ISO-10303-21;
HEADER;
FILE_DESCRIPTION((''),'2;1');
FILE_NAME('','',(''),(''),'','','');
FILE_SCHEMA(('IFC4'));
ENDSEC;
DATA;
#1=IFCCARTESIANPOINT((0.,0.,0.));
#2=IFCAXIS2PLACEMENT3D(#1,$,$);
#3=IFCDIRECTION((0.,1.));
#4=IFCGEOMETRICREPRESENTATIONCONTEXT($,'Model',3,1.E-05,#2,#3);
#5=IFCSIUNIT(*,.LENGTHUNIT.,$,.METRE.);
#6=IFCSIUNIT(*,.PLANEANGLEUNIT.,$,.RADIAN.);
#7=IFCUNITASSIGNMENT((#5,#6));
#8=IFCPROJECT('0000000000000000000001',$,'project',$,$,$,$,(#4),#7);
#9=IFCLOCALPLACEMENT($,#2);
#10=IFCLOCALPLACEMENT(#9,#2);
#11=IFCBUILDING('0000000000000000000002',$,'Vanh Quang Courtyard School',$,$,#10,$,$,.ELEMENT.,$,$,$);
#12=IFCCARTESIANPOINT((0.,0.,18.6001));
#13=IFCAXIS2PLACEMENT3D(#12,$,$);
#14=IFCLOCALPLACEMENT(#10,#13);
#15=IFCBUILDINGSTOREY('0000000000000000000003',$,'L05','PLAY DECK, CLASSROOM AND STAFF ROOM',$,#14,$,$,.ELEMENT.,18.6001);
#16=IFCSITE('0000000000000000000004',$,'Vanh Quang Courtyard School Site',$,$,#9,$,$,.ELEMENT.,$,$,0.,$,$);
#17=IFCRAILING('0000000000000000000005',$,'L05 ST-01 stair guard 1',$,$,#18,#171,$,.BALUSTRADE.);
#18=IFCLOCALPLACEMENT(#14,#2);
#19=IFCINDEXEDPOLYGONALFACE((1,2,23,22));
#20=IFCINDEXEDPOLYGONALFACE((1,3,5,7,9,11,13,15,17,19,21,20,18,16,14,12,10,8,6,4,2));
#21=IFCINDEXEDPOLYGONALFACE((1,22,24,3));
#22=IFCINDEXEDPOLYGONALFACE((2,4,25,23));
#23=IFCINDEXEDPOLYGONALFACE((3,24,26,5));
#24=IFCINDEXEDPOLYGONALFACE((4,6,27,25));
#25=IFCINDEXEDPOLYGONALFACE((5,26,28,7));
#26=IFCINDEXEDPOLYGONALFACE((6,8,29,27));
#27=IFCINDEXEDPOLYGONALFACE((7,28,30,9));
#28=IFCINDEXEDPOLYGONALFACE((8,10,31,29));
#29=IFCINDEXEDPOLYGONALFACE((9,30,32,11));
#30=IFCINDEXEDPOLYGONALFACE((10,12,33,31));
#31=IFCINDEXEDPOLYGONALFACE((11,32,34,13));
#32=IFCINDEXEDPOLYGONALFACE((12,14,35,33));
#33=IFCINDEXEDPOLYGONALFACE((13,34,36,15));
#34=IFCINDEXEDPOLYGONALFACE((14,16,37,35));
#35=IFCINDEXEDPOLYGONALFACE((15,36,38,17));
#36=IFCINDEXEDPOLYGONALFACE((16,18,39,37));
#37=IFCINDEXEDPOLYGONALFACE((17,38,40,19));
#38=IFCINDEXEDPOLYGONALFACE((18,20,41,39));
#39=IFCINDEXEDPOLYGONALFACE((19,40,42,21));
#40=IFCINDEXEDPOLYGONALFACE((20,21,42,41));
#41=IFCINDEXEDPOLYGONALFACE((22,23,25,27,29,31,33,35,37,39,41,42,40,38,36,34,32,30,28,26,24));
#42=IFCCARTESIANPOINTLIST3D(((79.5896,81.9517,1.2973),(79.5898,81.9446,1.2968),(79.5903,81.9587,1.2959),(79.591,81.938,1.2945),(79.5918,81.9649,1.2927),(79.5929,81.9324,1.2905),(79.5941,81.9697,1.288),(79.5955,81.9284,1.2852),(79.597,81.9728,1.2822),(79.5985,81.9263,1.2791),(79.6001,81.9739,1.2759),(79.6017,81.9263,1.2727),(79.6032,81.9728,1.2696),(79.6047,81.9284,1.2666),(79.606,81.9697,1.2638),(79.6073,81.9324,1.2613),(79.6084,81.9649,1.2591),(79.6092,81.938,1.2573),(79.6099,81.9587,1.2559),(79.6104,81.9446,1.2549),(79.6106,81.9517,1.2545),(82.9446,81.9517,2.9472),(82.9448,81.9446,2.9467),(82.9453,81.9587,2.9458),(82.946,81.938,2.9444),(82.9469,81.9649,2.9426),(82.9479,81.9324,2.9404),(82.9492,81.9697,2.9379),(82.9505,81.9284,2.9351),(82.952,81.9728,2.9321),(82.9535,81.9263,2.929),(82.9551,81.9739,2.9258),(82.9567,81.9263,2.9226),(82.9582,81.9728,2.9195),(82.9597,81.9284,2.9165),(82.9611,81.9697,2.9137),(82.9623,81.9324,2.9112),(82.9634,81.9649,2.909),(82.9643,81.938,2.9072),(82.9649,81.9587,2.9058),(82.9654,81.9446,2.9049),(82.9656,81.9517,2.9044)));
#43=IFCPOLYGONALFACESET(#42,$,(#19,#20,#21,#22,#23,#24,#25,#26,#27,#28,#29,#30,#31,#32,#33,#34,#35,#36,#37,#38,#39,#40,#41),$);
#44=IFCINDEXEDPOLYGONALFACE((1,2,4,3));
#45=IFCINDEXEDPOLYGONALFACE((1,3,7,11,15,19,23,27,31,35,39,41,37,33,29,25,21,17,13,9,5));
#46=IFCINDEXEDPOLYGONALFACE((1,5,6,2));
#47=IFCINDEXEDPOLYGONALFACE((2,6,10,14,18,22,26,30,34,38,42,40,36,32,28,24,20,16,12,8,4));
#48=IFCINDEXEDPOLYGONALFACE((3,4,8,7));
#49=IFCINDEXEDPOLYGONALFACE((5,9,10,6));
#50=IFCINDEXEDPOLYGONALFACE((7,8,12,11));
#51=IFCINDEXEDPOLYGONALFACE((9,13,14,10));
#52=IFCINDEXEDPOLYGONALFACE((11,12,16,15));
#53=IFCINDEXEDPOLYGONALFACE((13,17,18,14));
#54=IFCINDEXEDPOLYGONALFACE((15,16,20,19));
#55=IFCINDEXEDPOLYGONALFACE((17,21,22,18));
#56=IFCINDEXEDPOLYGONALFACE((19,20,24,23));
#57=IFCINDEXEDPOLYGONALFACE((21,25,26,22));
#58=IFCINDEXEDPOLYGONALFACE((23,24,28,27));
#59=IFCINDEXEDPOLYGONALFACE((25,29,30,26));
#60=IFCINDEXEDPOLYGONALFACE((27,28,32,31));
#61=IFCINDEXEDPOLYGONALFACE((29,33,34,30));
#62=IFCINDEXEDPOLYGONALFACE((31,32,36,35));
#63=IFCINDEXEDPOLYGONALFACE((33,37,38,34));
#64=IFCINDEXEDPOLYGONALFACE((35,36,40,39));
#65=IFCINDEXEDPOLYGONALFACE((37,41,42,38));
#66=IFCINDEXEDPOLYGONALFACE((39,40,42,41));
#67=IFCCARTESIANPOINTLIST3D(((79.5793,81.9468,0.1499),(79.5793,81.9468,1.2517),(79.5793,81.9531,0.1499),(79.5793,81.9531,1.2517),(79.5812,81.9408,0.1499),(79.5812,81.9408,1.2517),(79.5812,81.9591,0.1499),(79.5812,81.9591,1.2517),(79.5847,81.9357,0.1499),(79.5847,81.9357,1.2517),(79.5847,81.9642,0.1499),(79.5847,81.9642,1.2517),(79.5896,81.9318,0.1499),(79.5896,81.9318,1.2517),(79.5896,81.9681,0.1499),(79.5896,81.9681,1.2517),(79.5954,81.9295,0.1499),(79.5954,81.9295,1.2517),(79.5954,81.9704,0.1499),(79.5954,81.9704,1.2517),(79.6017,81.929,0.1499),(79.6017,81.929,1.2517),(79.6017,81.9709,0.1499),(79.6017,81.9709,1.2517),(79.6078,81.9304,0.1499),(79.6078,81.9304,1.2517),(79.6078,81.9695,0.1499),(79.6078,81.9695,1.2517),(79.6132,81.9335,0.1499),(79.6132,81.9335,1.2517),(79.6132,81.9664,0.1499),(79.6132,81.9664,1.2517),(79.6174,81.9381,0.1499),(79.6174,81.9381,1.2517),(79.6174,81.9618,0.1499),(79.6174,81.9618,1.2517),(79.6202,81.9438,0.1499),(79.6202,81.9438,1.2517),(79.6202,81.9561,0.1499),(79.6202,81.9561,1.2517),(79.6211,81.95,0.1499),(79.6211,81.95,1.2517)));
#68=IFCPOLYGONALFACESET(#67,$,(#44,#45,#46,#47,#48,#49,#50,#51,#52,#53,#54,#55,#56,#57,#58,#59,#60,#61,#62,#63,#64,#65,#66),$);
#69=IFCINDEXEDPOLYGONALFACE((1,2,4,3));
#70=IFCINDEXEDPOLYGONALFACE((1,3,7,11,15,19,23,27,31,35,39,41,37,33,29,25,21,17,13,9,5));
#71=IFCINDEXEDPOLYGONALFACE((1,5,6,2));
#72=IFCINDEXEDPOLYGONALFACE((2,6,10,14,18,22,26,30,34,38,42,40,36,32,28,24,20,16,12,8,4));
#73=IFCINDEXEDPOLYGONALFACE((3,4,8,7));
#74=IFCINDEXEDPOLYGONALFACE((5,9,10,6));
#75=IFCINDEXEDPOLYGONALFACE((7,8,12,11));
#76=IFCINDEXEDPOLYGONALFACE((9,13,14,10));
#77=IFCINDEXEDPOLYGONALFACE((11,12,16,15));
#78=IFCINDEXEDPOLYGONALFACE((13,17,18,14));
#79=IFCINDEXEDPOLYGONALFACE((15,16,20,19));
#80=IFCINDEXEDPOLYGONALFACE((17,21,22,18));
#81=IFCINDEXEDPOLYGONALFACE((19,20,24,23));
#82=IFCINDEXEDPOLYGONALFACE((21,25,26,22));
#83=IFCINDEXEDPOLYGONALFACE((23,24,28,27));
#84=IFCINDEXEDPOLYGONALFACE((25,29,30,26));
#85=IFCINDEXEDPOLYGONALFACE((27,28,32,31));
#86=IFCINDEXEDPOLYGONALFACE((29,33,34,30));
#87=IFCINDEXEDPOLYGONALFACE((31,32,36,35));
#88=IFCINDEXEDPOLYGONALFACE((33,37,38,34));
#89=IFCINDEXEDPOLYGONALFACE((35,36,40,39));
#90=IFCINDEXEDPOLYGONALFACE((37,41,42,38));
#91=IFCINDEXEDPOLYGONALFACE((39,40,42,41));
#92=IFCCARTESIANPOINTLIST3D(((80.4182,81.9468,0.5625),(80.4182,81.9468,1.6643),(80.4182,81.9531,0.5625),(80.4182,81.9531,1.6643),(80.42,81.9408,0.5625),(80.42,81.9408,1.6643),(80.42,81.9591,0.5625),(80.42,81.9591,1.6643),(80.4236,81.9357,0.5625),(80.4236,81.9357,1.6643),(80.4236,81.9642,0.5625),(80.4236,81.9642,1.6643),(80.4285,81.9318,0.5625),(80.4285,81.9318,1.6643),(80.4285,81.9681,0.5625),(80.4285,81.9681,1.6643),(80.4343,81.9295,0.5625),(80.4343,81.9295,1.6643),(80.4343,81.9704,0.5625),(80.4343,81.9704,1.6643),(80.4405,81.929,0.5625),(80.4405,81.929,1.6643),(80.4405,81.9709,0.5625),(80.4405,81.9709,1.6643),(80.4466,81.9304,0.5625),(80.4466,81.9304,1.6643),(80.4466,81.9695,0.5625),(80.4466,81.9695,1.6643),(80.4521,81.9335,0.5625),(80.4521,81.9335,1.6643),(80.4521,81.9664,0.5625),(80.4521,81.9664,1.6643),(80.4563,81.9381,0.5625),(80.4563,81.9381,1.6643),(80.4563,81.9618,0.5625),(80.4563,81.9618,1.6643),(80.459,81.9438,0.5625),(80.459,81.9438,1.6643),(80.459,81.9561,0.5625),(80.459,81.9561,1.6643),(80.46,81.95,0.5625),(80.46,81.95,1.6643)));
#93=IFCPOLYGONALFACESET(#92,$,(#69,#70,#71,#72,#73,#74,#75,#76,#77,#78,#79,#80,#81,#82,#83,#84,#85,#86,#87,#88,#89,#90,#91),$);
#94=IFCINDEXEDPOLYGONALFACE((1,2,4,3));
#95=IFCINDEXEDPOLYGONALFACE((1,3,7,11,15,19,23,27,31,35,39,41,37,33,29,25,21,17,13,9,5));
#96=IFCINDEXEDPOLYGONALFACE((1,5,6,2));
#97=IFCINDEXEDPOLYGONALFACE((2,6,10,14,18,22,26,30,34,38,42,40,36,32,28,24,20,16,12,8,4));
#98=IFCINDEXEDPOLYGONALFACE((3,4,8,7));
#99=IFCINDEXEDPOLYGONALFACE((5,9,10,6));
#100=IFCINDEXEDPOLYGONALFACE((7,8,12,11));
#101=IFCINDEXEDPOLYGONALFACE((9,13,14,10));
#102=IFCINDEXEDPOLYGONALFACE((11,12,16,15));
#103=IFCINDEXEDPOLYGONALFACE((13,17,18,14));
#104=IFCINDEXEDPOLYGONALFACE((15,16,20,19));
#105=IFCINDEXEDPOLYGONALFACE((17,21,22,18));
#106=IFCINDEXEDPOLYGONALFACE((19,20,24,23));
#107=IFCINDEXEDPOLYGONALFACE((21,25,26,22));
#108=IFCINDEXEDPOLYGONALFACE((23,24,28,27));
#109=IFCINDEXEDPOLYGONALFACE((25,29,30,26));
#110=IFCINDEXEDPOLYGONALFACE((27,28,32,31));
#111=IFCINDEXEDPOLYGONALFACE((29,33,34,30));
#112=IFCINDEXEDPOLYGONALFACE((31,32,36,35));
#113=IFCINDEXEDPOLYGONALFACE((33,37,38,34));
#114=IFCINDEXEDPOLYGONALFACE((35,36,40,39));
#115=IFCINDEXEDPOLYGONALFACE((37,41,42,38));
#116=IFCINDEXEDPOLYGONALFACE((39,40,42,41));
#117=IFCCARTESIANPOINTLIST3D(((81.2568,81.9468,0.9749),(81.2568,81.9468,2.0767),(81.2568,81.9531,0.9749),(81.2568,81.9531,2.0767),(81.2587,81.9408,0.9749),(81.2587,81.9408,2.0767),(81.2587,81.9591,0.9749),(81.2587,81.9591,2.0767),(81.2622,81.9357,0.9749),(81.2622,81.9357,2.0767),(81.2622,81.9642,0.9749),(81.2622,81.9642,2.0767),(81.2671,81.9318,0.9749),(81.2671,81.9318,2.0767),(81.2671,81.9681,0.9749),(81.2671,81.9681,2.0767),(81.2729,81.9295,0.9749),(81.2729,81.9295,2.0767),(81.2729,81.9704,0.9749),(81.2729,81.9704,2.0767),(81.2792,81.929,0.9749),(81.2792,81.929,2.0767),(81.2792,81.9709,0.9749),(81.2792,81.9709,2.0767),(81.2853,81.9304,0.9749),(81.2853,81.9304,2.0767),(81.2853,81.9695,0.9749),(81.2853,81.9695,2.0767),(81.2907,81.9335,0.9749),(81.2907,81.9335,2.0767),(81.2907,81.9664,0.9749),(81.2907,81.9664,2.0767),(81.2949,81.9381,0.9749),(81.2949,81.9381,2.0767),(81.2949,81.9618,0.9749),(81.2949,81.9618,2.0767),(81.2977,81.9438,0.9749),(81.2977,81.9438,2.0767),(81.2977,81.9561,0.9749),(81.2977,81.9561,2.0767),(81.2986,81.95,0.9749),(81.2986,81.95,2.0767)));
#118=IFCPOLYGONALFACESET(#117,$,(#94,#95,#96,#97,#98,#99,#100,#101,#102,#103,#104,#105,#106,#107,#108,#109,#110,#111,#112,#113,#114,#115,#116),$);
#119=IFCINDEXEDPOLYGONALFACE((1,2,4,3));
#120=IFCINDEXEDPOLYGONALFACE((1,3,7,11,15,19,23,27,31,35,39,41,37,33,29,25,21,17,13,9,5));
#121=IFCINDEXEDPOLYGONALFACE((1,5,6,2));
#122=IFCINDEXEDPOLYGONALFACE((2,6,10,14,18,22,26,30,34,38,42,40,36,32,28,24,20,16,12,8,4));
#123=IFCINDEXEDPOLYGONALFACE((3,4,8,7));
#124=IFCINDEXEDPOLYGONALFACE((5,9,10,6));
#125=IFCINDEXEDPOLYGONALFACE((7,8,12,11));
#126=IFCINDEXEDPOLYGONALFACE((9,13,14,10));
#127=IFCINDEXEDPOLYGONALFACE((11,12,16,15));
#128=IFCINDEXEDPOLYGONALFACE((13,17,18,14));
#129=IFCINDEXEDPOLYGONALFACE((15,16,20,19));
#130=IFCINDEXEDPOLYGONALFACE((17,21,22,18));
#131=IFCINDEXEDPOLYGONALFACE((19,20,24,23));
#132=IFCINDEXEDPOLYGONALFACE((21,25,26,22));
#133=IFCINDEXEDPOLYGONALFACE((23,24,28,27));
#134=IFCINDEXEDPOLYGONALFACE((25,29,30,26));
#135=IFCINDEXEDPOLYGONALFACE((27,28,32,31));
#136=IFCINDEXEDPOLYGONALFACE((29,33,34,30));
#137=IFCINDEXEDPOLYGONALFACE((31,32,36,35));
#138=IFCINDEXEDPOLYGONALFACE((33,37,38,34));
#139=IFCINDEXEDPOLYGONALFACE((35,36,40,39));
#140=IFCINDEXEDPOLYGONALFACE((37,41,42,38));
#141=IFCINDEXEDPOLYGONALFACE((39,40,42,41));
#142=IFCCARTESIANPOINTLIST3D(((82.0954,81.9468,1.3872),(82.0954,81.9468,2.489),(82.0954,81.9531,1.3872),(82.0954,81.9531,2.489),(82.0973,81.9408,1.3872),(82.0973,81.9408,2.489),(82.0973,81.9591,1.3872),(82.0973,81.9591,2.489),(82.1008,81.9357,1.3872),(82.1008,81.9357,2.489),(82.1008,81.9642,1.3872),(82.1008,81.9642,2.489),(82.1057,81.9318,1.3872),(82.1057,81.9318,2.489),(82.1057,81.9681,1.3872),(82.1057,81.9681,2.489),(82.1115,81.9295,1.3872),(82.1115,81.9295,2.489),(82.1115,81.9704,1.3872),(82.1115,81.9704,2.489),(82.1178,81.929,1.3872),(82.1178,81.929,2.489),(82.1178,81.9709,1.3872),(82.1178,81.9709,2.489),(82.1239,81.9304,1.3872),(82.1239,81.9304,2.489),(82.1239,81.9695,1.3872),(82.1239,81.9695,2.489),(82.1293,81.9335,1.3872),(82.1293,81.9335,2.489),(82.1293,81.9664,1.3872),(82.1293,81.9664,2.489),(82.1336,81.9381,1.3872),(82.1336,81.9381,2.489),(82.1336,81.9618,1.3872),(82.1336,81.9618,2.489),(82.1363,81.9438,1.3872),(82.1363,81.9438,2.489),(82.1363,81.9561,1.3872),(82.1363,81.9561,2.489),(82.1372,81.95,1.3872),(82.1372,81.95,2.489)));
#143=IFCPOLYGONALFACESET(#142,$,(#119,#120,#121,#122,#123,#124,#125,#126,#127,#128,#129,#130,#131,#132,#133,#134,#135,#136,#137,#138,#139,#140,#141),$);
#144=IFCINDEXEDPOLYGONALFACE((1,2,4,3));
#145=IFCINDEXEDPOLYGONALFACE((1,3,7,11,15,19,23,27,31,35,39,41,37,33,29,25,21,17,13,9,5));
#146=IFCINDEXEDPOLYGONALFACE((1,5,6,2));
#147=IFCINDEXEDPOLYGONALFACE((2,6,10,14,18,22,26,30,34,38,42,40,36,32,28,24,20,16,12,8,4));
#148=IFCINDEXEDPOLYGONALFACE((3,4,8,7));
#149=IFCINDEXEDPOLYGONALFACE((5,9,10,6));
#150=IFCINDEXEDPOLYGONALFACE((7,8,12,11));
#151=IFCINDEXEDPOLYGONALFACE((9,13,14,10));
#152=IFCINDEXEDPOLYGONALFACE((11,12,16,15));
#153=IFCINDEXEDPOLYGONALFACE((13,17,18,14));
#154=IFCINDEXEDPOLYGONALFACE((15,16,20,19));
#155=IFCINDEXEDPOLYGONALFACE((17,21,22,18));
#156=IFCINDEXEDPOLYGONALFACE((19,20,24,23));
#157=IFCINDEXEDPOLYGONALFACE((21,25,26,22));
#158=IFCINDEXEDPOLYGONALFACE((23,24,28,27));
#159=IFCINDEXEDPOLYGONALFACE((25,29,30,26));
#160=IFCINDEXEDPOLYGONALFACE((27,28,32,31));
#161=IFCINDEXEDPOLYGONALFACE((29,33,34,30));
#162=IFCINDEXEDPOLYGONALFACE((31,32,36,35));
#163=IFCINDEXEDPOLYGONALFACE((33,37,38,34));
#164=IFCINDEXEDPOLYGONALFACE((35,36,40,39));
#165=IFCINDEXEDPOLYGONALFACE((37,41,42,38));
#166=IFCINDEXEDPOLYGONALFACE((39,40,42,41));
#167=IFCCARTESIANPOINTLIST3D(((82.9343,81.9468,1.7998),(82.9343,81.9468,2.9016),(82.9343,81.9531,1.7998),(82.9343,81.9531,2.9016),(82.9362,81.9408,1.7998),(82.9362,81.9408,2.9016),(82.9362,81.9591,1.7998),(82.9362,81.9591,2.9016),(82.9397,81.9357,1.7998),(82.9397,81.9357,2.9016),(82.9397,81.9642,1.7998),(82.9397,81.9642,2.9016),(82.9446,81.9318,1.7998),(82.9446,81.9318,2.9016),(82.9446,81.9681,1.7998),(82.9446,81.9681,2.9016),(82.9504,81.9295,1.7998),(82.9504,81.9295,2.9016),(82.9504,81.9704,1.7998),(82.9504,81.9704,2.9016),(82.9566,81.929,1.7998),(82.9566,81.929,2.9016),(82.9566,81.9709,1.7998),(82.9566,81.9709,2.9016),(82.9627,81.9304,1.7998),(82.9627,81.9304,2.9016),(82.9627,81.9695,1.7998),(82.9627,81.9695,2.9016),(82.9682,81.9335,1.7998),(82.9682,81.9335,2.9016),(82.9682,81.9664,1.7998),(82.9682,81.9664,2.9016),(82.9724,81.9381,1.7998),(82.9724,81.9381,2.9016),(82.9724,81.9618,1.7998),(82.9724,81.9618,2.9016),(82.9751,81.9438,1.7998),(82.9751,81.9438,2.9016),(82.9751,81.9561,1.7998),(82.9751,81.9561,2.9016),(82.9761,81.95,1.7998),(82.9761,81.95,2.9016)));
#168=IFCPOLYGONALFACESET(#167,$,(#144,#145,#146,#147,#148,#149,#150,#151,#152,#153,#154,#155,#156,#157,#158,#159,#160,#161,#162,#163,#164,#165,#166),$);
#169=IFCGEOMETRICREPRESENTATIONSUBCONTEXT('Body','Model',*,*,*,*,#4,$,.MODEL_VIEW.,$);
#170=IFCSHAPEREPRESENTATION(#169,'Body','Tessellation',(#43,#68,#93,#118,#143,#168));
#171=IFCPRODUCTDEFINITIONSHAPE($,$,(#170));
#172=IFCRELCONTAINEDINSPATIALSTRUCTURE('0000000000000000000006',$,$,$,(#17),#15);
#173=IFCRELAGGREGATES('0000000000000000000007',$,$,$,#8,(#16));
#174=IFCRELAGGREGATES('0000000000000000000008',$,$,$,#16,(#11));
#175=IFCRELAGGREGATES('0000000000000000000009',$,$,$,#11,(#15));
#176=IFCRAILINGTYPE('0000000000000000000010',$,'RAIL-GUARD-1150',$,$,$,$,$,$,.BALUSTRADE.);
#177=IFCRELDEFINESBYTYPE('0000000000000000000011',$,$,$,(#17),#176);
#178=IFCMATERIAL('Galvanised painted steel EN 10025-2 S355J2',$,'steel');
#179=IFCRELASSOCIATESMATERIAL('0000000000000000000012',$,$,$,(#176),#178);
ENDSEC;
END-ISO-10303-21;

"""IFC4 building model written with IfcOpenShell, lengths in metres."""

from ifc_helpers import new_model, si_unit, direction, frame, origin, origin_2d, place, context, subcontext, project, spatial, circle, extrude, material, type_object, element, save


model = new_model("IFC4")

# Units and contexts
model_context = context("Model", 3, precision=1e-05, world=origin(), true_north=direction((0.0, 1.0)))
body_context = subcontext(model_context, "Body", "Model", "MODEL_VIEW")
ifc_project = project(units=[si_unit("LENGTHUNIT", "METRE"), si_unit("PLANEANGLEUNIT", "RADIAN")], contexts=[model_context])

# Site, building, storey
site_placement = place(None, origin())
site = spatial("IfcSite", under=ifc_project, at=site_placement, Name="Vanh Quang Courtyard School Site", CompositionType="ELEMENT", RefElevation=0.0)
building_placement = place(site_placement, origin())
building = spatial("IfcBuilding", under=site, at=building_placement, Name="Vanh Quang Courtyard School", CompositionType="ELEMENT")
storey_placement = place(building_placement, frame((0.0, 0.0, 18.6001)))
storey = spatial("IfcBuildingStorey", under=building, at=storey_placement, Name="L05", Description="PLAY DECK, CLASSROOM AND STAFF ROOM", CompositionType="ELEMENT", Elevation=18.6001)

# Railing
ifc_material_1 = material(Name="Galvanised painted steel EN 10025-2 S355J2", Category="steel")
railing_type_1 = type_object("IfcRailingType", Name="RAIL-GUARD-1150", PredefinedType="BALUSTRADE", material=ifc_material_1)
railing_1_placement = place(storey_placement, frame((79.6001, 81.95, 0.1499)))
element("IfcRailing", 1, at=railing_1_placement, inside=storey, type_object=railing_type_1, Name="L05 ST-01 stair guard 1", PredefinedType="BALUSTRADE", context=body_context, shape_type="SweptSolid", body=[
    extrude(circle(Radius=0.0239, at=origin_2d()), frame((0.0, 0.0, 1.126), z_axis=(0.897359, 0.0, 0.441301), x_axis=(0.0, 1.0, 0.0)), (0.0, 0.0, 1.0), 3.7388),
    extrude(circle(Radius=0.021, at=origin_2d()), origin(), (0.0, 0.0, 1.0), 1.1018),
    extrude(circle(Radius=0.021, at=origin_2d()), frame((0.8389, 0.0, 0.4126)), (0.0, 0.0, 1.0), 1.1018),
    extrude(circle(Radius=0.021, at=origin_2d()), frame((1.6775, 0.0, 0.825)), (0.0, 0.0, 1.0), 1.1018),
    extrude(circle(Radius=0.021, at=origin_2d()), frame((2.5161, 0.0, 1.2373)), (0.0, 0.0, 1.0), 1.1018),
    extrude(circle(Radius=0.021, at=origin_2d()), frame((3.355, 0.0, 1.6499)), (0.0, 0.0, 1.0), 1.1018),
])

save(model, "model.ifc")
